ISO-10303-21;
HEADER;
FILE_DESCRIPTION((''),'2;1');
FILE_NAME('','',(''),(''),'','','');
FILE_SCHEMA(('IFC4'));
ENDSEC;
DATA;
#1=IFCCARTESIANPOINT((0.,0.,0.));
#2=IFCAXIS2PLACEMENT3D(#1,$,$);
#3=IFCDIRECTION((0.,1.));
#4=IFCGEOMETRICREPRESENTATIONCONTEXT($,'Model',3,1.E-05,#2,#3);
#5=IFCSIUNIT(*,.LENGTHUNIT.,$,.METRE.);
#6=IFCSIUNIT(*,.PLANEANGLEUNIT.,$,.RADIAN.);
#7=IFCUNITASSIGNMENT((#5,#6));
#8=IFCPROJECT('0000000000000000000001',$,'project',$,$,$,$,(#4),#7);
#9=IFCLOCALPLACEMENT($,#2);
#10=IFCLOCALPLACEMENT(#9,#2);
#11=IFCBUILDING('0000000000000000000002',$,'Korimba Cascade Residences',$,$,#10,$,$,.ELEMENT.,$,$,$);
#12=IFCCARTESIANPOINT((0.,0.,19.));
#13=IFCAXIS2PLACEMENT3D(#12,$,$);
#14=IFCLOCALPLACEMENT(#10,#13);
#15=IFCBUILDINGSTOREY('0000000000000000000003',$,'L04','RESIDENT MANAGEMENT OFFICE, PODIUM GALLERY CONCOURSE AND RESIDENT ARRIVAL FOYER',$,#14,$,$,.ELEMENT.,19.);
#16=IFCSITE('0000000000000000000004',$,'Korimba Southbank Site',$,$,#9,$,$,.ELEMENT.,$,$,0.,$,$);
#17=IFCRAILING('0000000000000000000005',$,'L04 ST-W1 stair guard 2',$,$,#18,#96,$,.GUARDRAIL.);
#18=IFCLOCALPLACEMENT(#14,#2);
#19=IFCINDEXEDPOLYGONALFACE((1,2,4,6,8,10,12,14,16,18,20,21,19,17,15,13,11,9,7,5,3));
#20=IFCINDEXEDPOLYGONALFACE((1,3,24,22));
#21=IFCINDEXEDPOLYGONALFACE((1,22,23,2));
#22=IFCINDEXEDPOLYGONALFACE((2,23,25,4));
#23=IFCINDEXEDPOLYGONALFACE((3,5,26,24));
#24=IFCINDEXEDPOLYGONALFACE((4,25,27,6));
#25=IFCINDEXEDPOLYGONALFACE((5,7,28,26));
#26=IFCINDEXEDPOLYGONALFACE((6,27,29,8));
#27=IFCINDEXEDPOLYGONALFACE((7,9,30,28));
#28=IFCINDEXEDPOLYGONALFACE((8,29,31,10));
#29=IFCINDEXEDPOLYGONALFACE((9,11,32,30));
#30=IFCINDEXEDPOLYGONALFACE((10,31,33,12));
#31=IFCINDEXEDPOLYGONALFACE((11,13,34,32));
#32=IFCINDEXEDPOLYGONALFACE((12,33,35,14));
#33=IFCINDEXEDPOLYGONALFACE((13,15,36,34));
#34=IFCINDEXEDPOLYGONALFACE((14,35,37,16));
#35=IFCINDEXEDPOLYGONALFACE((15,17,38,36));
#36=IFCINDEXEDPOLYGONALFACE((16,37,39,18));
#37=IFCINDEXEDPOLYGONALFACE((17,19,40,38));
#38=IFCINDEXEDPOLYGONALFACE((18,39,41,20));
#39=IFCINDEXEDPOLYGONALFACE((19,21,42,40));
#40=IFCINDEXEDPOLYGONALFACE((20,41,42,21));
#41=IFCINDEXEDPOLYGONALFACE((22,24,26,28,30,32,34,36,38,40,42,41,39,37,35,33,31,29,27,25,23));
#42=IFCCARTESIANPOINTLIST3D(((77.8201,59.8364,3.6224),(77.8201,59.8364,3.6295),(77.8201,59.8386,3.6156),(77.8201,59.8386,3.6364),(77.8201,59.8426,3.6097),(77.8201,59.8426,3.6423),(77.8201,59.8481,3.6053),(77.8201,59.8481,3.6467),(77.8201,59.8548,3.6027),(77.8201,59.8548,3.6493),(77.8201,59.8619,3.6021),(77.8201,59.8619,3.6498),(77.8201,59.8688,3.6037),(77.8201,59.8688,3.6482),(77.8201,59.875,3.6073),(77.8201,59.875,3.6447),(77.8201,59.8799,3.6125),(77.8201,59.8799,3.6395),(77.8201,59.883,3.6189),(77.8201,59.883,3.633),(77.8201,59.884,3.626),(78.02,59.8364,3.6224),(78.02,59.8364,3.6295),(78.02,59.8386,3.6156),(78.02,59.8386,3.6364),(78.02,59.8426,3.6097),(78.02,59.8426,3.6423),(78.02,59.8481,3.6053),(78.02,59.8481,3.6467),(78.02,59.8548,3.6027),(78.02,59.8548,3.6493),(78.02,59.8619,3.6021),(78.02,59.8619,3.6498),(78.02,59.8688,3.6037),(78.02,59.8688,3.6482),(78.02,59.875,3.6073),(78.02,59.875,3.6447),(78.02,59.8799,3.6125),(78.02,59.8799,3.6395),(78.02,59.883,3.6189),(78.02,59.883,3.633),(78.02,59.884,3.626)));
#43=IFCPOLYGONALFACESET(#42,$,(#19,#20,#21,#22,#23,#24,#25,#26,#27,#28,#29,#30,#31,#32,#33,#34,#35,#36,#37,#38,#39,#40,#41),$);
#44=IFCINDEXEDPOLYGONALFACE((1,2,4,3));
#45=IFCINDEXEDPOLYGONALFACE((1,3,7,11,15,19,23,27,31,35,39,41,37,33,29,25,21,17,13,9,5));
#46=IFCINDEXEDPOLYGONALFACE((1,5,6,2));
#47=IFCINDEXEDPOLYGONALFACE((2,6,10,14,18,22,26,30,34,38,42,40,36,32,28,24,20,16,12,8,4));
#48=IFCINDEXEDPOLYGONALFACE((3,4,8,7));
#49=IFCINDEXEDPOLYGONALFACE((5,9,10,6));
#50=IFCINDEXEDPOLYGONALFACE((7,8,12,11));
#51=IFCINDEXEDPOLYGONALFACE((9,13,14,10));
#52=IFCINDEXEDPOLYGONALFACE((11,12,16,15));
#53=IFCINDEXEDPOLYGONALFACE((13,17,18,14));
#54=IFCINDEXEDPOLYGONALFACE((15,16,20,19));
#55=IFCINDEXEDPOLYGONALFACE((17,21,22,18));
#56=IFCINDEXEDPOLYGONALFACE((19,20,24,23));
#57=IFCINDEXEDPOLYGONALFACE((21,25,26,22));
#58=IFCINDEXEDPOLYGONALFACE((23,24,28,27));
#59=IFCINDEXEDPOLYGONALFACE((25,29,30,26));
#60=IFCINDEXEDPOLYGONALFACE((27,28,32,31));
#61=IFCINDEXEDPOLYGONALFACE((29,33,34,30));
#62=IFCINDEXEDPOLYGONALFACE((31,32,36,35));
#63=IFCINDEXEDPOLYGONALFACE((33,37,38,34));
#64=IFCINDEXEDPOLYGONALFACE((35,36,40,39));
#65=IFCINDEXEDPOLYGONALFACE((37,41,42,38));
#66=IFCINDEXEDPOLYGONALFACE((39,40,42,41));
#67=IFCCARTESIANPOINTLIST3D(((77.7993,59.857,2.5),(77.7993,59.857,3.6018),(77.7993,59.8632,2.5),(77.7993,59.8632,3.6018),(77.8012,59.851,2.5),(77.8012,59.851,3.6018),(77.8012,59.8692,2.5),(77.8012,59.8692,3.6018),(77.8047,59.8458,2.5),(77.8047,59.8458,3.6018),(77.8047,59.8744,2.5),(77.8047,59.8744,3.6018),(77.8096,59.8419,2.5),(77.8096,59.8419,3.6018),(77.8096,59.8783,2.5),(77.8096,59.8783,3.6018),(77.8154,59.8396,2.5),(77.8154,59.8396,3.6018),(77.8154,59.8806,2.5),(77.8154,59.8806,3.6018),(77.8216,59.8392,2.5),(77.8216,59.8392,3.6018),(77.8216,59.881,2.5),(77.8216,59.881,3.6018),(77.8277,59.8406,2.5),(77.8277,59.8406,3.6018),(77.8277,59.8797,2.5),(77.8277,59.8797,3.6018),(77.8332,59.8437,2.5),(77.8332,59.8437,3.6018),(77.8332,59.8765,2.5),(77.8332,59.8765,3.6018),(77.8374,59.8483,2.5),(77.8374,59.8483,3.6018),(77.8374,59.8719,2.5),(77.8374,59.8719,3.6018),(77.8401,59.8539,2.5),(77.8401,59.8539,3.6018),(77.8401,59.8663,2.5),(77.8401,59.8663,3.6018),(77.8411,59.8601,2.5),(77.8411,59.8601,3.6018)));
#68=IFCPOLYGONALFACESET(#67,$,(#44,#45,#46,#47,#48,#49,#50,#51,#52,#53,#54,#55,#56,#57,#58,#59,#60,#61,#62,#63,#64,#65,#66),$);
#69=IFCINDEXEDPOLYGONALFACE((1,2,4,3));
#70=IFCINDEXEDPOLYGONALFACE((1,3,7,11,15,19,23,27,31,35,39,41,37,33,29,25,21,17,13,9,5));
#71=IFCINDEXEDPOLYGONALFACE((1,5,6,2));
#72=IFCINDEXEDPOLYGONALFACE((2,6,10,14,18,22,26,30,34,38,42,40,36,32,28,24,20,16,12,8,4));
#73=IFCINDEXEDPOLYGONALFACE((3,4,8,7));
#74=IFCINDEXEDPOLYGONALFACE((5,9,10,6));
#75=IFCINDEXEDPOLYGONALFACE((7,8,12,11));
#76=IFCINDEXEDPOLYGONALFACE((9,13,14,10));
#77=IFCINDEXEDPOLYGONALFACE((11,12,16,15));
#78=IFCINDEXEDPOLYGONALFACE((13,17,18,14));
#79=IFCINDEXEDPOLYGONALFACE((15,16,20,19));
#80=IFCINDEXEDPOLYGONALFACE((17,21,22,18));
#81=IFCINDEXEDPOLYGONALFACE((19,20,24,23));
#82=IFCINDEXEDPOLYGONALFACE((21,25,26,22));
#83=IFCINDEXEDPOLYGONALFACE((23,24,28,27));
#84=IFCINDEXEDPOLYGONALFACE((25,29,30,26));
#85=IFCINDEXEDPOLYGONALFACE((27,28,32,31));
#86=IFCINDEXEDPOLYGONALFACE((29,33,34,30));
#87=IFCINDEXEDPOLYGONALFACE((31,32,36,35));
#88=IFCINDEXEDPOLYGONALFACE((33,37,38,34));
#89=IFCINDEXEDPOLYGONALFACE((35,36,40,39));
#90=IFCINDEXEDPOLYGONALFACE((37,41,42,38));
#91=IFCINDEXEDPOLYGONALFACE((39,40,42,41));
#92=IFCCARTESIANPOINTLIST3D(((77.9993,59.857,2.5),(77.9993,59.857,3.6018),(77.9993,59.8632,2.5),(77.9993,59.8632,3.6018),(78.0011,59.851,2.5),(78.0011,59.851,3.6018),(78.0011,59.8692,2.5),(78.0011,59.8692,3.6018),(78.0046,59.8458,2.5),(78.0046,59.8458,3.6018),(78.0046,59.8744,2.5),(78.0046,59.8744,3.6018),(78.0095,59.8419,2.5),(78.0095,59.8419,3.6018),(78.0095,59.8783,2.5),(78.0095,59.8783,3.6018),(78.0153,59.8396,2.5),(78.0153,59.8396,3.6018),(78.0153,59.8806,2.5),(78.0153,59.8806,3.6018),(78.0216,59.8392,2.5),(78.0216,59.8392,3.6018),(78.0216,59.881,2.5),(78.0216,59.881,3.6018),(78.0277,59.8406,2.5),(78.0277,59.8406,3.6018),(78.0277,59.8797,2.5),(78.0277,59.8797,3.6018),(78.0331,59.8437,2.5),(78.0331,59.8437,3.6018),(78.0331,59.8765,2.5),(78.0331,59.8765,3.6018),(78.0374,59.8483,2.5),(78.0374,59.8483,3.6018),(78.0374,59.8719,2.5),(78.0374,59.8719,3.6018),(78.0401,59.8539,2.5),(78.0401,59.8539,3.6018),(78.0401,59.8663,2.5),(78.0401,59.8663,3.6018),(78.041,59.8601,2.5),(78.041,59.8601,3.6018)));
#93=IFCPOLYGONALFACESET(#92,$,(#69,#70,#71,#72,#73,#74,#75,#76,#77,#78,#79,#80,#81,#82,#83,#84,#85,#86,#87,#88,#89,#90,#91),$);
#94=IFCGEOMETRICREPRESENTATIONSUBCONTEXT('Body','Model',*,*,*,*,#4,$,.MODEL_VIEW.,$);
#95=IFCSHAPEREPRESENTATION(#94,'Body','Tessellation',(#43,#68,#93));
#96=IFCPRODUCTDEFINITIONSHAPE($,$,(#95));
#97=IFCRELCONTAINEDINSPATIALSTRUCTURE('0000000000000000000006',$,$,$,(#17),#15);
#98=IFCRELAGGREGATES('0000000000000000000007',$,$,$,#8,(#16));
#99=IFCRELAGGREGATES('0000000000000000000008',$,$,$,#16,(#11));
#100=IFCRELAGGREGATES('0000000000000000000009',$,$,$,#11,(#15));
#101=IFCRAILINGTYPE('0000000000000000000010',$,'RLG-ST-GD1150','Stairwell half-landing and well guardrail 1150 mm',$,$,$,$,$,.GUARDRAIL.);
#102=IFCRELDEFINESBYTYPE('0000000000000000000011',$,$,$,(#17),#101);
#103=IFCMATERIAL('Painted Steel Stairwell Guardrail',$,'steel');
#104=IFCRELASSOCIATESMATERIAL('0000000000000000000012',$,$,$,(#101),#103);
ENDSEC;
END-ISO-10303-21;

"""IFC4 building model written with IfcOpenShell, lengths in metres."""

from ifc_helpers import new_model, si_unit, direction, frame, origin, origin_2d, place, context, subcontext, project, spatial, circle, extrude, material, type_object, element, save


model = new_model("IFC4")

# Units and contexts
model_context = context("Model", 3, precision=1e-05, world=origin(), true_north=direction((0.0, 1.0)))
body_context = subcontext(model_context, "Body", "Model", "MODEL_VIEW")
ifc_project = project(units=[si_unit("LENGTHUNIT", "METRE"), si_unit("PLANEANGLEUNIT", "RADIAN")], contexts=[model_context])

# Site, building, storey
site_placement = place(None, origin())
site = spatial("IfcSite", under=ifc_project, at=site_placement, Name="Korimba Southbank Site", CompositionType="ELEMENT", RefElevation=0.0)
building_placement = place(site_placement, origin())
building = spatial("IfcBuilding", under=site, at=building_placement, Name="Korimba Cascade Residences", CompositionType="ELEMENT")
storey_placement = place(building_placement, frame((0.0, 0.0, 19.0)))
storey = spatial("IfcBuildingStorey", under=building, at=storey_placement, Name="L04", Description="RESIDENT MANAGEMENT OFFICE, PODIUM GALLERY CONCOURSE AND RESIDENT ARRIVAL FOYER", CompositionType="ELEMENT", Elevation=19.0)

# Railing
ifc_material_1 = material(Name="Painted Steel Stairwell Guardrail", Category="steel")
railing_type_1 = type_object("IfcRailingType", Name="RLG-ST-GD1150", Description="Stairwell half-landing and well guardrail 1150 mm", PredefinedType="GUARDRAIL", material=ifc_material_1)
railing_1_placement = place(storey_placement, frame((77.8201, 59.8601, 2.5)))
element("IfcRailing", 1, at=railing_1_placement, inside=storey, type_object=railing_type_1, Name="L04 ST-W1 stair guard 2", PredefinedType="GUARDRAIL", context=body_context, shape_type="SweptSolid", body=[
    extrude(circle(Radius=0.0239, at=origin_2d()), frame((0.0, 0.0, 1.126), z_axis=(1.0, 0.0, 0.0), x_axis=(0.0, 1.0, 0.0)), (0.0, 0.0, 1.0), 0.2),
    extrude(circle(Radius=0.021, at=origin_2d()), origin(), (0.0, 0.0, 1.0), 1.1018),
    extrude(circle(Radius=0.021, at=origin_2d()), frame((0.2, 0.0, 0.0)), (0.0, 0.0, 1.0), 1.1018),
])

save(model, "model.ifc")
